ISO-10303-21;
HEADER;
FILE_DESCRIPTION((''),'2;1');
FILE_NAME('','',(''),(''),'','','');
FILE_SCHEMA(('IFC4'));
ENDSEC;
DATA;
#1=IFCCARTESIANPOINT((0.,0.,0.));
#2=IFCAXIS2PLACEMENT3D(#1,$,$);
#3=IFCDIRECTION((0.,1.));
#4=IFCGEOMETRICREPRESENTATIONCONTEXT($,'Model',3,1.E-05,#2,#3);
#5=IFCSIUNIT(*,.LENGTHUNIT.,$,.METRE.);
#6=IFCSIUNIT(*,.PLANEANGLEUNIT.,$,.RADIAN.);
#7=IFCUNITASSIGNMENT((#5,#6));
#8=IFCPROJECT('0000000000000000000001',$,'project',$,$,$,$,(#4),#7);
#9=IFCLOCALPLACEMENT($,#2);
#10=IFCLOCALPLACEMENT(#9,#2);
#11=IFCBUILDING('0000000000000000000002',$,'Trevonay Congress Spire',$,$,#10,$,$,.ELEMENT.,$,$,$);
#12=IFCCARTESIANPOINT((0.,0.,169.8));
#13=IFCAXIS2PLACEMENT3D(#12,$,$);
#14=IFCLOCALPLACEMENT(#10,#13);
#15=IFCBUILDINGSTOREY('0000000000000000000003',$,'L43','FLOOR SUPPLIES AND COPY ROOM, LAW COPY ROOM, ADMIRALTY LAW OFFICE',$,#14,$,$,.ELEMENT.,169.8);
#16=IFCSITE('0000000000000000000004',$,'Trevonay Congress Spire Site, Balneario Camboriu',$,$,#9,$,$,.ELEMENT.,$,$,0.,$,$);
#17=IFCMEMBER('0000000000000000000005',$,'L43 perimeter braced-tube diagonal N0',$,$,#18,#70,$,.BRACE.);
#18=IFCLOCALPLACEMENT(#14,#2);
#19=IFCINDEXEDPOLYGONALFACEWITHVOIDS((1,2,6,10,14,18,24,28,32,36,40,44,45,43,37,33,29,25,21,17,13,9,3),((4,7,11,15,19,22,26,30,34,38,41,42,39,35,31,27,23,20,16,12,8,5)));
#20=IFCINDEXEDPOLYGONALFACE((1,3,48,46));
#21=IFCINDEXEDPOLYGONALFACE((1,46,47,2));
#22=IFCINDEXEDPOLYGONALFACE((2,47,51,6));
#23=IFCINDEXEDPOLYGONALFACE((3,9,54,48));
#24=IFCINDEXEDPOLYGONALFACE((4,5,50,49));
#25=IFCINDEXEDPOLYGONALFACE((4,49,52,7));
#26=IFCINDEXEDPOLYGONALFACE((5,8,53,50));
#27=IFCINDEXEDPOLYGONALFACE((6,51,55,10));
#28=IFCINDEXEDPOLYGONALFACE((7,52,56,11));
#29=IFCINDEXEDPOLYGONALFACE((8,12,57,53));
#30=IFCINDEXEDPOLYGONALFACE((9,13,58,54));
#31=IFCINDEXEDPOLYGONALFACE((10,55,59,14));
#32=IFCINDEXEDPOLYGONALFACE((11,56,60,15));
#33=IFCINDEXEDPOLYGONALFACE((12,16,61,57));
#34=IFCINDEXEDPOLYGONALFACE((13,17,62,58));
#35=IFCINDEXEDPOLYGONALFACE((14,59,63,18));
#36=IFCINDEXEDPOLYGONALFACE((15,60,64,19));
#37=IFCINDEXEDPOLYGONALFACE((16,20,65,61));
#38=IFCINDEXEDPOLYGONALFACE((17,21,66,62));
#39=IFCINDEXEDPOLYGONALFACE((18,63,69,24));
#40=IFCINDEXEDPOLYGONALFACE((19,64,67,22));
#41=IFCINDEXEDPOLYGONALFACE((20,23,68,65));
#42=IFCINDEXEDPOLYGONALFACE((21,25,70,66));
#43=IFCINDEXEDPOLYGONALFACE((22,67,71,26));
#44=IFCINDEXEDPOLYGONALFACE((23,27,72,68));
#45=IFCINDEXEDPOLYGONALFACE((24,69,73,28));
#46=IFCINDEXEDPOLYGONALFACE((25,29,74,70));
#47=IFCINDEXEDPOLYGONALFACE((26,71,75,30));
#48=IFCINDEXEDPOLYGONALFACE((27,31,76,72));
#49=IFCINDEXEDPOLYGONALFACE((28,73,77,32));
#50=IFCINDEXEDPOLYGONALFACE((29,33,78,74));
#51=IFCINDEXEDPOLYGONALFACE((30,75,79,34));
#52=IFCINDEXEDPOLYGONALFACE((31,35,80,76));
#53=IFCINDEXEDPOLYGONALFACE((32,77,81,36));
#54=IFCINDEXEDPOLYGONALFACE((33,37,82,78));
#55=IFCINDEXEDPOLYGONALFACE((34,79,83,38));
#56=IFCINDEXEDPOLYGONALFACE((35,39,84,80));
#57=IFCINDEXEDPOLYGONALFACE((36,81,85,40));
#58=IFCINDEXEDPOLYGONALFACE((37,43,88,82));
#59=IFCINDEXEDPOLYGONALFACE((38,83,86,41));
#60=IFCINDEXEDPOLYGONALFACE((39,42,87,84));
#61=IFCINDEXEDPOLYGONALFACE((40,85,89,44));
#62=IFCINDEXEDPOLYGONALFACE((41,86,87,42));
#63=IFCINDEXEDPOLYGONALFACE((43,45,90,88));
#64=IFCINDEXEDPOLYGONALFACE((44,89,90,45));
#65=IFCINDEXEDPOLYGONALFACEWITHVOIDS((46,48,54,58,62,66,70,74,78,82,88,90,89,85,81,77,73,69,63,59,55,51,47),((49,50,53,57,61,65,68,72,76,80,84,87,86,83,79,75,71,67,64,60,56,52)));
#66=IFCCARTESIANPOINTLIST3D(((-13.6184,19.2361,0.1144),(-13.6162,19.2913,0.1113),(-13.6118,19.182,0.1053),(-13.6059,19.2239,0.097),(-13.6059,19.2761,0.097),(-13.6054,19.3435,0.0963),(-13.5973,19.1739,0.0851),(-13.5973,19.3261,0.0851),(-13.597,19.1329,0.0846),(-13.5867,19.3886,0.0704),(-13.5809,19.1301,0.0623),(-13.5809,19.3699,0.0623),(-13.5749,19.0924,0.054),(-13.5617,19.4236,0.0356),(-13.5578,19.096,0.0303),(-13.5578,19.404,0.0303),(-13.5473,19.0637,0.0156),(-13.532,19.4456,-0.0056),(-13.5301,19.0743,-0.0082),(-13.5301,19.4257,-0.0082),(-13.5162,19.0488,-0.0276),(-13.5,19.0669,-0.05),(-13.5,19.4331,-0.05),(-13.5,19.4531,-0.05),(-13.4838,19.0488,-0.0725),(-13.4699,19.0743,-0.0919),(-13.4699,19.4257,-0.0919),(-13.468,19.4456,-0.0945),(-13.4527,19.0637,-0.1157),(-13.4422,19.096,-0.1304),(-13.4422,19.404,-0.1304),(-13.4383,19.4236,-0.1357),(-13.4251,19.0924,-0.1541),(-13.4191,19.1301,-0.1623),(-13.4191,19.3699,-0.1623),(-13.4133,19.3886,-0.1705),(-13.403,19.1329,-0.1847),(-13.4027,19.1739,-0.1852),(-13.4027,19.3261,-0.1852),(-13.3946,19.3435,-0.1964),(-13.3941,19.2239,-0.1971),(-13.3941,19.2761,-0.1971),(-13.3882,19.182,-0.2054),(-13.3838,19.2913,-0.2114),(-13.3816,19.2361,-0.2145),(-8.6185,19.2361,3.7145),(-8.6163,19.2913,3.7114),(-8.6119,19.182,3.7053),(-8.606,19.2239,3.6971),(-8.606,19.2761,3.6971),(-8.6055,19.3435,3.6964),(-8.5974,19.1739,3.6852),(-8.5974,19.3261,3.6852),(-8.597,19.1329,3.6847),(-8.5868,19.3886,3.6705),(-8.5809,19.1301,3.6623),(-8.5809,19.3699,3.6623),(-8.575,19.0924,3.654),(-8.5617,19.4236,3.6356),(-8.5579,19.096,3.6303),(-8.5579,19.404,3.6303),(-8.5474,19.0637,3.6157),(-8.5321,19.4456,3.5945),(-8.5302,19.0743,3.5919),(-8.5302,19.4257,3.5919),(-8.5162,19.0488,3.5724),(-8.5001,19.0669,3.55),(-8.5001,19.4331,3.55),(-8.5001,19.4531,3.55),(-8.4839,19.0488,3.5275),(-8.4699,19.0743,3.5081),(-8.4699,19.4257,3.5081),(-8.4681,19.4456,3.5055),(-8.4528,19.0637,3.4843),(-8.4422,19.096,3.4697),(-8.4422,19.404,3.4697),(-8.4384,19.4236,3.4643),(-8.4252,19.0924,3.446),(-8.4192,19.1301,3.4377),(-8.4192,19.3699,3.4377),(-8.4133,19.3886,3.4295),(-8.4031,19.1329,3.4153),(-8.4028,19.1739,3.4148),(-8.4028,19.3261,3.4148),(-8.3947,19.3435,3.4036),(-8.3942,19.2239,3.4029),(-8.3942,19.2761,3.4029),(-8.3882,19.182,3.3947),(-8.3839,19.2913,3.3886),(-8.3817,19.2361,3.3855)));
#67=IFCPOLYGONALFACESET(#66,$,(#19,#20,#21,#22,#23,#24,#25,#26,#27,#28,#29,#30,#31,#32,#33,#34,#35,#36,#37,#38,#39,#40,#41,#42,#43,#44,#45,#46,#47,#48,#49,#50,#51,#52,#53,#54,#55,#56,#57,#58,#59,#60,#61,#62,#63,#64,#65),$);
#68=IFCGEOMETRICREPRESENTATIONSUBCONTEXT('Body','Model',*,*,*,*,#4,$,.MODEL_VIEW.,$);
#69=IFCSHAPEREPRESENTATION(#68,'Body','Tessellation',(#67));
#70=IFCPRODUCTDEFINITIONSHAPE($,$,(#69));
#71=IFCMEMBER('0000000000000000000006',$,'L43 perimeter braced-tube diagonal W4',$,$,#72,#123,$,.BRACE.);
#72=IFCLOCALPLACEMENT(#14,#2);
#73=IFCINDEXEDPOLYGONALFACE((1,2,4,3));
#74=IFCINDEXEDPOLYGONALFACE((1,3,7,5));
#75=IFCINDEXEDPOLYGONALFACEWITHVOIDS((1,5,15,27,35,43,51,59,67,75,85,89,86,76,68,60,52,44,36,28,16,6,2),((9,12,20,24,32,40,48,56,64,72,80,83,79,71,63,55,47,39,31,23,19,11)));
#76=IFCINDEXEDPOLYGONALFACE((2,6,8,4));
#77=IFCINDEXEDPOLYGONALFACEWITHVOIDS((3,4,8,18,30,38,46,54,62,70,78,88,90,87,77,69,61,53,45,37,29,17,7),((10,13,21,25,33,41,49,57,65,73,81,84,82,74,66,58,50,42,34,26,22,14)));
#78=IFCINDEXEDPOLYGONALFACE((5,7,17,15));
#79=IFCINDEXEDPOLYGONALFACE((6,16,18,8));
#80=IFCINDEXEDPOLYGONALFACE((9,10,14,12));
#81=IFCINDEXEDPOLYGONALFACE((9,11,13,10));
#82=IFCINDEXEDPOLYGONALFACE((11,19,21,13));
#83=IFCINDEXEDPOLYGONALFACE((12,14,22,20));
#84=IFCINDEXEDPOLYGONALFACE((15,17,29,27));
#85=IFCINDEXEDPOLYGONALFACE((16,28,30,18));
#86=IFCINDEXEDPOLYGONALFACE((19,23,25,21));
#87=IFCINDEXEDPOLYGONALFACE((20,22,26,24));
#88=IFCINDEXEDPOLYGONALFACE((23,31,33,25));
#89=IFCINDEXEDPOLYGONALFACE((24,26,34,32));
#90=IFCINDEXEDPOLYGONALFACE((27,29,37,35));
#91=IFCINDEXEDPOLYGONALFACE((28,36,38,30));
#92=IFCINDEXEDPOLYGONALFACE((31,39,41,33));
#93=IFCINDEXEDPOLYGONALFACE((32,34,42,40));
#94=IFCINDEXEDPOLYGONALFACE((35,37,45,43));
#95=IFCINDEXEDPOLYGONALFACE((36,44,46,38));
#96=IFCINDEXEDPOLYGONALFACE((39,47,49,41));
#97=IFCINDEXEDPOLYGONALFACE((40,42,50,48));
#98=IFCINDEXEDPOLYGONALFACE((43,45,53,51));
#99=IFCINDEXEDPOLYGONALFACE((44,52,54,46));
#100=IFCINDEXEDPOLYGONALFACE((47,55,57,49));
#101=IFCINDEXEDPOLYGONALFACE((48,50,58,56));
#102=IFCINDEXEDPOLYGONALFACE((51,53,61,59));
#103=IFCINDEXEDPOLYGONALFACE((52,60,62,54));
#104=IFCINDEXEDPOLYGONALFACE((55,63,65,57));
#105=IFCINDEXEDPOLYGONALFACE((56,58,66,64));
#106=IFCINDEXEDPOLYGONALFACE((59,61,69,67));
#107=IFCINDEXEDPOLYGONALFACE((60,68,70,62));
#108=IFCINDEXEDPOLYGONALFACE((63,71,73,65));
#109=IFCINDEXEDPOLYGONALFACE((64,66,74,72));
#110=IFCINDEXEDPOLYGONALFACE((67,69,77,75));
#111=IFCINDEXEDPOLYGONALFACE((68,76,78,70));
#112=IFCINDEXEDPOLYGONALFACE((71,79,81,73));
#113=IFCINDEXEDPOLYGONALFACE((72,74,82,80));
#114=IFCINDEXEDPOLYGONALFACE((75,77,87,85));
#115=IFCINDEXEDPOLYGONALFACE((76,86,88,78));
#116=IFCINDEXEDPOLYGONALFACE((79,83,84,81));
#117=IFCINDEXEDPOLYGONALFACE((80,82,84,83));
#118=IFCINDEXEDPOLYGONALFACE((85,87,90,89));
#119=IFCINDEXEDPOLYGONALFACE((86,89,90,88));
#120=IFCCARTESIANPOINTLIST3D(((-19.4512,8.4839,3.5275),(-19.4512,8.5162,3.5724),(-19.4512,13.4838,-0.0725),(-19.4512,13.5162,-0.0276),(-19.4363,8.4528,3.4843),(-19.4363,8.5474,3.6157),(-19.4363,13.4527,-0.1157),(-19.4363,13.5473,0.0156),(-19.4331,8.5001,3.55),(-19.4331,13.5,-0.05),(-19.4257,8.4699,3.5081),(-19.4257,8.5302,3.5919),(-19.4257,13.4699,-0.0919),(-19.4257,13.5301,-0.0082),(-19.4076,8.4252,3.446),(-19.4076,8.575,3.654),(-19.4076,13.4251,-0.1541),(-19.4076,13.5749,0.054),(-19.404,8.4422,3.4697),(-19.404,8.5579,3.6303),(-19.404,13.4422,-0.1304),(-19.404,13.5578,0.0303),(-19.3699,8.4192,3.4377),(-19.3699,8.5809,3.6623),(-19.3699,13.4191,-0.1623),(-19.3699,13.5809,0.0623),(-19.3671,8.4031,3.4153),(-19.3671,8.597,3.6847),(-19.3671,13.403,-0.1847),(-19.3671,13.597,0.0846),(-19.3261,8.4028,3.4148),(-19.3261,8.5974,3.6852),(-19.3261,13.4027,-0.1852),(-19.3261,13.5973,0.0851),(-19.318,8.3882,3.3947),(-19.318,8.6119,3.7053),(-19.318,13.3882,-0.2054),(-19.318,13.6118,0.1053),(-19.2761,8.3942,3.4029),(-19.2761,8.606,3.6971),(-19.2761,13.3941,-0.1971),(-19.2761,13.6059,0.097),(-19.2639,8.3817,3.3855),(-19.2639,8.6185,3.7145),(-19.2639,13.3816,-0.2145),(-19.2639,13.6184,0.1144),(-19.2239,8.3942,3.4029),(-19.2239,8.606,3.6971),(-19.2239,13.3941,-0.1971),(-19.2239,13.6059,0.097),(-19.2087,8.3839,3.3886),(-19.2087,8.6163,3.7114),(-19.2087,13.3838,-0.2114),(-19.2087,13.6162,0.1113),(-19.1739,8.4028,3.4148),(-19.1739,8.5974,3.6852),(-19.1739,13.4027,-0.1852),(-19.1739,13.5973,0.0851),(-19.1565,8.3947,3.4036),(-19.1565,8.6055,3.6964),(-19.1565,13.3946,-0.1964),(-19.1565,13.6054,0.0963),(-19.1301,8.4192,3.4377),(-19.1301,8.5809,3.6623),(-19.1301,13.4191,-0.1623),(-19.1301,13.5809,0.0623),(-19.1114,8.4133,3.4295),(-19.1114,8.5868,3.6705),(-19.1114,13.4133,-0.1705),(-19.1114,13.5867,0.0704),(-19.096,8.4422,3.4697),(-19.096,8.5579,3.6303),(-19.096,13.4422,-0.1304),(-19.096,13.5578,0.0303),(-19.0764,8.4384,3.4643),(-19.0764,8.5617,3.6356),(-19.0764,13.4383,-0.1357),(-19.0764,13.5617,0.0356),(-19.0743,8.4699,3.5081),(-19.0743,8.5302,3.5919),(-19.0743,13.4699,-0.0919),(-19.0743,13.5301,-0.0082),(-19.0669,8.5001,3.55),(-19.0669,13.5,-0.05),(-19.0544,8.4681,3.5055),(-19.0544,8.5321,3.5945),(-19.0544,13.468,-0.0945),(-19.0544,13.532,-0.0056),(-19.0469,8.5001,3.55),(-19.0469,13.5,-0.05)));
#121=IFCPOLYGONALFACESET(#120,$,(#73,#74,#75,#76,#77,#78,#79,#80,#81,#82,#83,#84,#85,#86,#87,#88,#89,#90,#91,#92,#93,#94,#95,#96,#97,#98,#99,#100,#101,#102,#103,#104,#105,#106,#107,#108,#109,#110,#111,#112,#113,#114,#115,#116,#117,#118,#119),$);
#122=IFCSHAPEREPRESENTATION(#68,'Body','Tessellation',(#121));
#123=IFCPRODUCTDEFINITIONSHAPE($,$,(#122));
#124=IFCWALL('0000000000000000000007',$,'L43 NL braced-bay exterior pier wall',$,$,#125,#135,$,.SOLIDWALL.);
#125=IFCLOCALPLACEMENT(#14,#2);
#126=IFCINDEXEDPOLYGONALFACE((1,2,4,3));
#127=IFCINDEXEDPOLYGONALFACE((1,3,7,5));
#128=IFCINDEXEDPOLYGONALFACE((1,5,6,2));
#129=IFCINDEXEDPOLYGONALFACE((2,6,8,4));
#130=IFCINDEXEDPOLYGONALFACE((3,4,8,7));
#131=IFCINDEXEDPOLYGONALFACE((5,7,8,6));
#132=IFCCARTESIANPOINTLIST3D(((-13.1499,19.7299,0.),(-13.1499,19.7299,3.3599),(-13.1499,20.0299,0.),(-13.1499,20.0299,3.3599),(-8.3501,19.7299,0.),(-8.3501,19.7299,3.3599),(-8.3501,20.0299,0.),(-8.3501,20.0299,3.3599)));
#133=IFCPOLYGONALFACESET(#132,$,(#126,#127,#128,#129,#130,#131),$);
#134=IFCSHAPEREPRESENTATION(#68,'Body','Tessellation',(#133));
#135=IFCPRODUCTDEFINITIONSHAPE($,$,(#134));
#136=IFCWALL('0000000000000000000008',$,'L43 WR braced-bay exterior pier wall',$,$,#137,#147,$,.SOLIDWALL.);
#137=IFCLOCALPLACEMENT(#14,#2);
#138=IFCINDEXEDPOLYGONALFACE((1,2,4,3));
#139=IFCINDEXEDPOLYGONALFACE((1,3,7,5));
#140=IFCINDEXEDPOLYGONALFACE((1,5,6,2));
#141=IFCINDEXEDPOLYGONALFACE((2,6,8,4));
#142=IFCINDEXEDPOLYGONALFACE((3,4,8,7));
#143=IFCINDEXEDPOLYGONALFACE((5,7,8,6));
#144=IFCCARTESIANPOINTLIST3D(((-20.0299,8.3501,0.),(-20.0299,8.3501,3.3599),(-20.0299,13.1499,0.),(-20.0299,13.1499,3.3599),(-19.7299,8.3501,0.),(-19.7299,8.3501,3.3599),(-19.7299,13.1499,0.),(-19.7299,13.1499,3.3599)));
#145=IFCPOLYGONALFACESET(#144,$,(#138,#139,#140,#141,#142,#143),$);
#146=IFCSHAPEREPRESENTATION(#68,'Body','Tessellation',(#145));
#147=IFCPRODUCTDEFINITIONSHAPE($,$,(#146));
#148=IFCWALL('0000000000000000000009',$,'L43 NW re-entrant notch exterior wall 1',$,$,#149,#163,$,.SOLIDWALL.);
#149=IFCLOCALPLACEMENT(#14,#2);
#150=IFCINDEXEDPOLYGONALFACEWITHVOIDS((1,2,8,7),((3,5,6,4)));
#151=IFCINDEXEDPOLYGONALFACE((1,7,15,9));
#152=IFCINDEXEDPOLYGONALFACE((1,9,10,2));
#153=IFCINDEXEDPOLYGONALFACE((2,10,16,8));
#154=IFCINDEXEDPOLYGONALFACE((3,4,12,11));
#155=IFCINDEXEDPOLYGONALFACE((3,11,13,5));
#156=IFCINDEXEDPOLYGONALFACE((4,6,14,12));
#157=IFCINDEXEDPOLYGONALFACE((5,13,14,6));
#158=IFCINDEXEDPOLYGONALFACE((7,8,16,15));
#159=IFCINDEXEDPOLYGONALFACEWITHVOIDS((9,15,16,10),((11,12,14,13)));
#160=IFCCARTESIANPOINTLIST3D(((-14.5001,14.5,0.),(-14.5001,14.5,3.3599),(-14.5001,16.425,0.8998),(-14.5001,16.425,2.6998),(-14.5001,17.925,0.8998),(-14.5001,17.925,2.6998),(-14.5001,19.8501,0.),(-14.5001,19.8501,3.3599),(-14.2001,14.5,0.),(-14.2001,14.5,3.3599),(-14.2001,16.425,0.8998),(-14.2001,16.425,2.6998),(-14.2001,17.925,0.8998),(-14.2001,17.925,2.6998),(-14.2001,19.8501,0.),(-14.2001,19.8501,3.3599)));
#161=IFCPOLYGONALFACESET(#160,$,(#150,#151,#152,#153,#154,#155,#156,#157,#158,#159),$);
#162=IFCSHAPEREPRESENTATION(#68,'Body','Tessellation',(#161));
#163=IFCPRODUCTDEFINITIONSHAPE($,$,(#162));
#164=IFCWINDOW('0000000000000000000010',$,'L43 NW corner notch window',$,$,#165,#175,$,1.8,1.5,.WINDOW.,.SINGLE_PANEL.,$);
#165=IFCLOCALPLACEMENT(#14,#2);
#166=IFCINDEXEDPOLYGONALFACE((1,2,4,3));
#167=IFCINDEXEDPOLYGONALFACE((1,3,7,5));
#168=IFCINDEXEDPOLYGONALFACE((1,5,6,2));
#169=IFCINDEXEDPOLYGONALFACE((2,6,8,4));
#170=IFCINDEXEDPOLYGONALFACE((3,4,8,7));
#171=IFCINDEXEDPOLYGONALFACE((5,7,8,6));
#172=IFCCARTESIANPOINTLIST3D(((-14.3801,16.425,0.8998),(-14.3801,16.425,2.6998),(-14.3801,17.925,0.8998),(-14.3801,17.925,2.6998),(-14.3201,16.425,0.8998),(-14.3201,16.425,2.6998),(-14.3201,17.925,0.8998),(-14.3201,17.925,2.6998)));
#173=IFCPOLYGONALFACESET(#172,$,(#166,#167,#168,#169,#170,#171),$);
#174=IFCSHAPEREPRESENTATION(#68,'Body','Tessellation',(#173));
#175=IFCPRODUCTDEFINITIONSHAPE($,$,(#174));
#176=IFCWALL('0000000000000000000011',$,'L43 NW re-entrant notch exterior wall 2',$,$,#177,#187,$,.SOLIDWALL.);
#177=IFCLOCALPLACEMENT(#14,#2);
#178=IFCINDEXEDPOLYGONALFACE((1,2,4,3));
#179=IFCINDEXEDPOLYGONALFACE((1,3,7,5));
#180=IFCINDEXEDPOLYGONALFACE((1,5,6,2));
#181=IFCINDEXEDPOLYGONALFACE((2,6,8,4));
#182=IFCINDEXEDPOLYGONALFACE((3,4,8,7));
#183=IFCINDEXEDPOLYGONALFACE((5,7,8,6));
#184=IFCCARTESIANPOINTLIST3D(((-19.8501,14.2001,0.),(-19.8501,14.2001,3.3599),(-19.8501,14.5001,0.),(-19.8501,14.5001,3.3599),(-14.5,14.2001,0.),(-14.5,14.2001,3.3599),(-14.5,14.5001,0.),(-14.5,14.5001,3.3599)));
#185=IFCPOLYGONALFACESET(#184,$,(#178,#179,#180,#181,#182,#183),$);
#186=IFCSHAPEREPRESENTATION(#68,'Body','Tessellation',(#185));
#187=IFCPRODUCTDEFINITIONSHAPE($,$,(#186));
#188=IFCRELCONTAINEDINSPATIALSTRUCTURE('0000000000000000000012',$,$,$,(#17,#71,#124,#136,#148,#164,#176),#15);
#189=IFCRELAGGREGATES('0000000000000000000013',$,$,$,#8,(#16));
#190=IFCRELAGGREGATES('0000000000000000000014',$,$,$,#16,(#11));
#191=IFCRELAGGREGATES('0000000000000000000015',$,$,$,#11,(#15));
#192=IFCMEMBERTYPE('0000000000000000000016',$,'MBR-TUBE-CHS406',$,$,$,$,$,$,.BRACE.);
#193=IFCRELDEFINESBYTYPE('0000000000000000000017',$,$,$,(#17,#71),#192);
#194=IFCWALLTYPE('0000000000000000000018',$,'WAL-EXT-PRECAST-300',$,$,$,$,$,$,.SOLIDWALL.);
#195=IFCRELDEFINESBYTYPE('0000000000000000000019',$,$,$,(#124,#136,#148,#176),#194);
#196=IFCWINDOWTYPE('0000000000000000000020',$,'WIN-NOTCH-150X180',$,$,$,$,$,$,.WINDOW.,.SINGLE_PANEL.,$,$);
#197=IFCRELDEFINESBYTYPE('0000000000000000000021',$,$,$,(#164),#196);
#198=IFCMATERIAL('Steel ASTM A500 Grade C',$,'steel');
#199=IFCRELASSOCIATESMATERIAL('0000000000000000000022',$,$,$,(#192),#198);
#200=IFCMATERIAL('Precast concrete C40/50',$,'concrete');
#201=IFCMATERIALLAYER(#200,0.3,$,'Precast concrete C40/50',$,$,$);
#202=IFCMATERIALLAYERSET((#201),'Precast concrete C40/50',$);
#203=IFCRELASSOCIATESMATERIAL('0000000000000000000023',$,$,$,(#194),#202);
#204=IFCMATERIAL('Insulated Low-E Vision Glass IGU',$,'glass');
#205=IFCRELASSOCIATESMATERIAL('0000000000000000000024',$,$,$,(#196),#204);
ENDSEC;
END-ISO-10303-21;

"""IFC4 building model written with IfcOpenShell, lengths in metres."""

from ifc_helpers import new_model, si_unit, direction, frame, frame_2d, origin, origin_2d, place, context, subcontext, project, spatial, rectangle, hollow_circle, extrude, material, layer, layer_set, material_profile, profile_set, type_object, element, fill, save


model = new_model("IFC4")

# Units and contexts
model_context = context("Model", 3, precision=1e-05, world=origin(), true_north=direction((0.0, 1.0)))
body_context = subcontext(model_context, "Body", "Model", "MODEL_VIEW")
ifc_project = project(units=[si_unit("LENGTHUNIT", "METRE"), si_unit("PLANEANGLEUNIT", "RADIAN")], contexts=[model_context])

# Site, building, storey
site_placement = place(None, origin())
site = spatial("IfcSite", under=ifc_project, at=site_placement, Name="Trevonay Congress Spire Site, Balneario Camboriu", CompositionType="ELEMENT", RefElevation=0.0)
building_placement = place(site_placement, origin())
building = spatial("IfcBuilding", under=site, at=building_placement, Name="Trevonay Congress Spire", CompositionType="ELEMENT")
storey_placement = place(building_placement, frame((0.0, 0.0, 169.8)))
storey = spatial("IfcBuildingStorey", under=building, at=storey_placement, Name="L43", Description="FLOOR SUPPLIES AND COPY ROOM, LAW COPY ROOM, ADMIRALTY LAW OFFICE", CompositionType="ELEMENT", Elevation=169.8)

# Members
ifc_material_1 = material(Name="Steel ASTM A500 Grade C", Category="steel")
ifc_material_profile_1 = material_profile(ifc_material_1, hollow_circle(Radius=0.2031, WallThickness=0.02, at=origin_2d()), Name="CHS 406.4x20")
ifc_profile_set_1 = profile_set([ifc_material_profile_1], Name="Steel ASTM A500 Grade C")
member_type_1 = type_object("IfcMemberType", Name="MBR-TUBE-CHS406", PredefinedType="BRACE", material=ifc_profile_set_1)
for number, where, z_axis, x_axis, name in (
    (1, (-13.5, 19.25, -0.05), (0.811527, 0.0, 0.584315), (0.0, 1.0, 0.0), "L43 perimeter braced-tube diagonal N0"),
    (2, (-19.25, 13.5, -0.05), (0.0, -0.811527, 0.584315), (1.0, 0.0, 0.0), "L43 perimeter braced-tube diagonal W4"),
):
    element("IfcMember", number, at=place(storey_placement, frame(where, z_axis=z_axis, x_axis=x_axis)), inside=storey, type_object=member_type_1, Name=name, PredefinedType="BRACE", context=body_context, shape_type="SweptSolid", body=[
        extrude(hollow_circle(Radius=0.2031, WallThickness=0.02, at=origin_2d()), origin(), (0.0, 0.0, 1.0), 6.1611),
    ])

# Walls
ifc_material_2 = material(Name="Precast concrete C40/50", Category="concrete")
ifc_layer_1 = layer(ifc_material_2, 0.3, Name="Precast concrete C40/50")
ifc_layer_set_1 = layer_set([ifc_layer_1], Name="Precast concrete C40/50")
wall_type_1 = type_object("IfcWallType", Name="WAL-EXT-PRECAST-300", PredefinedType="SOLIDWALL", material=ifc_layer_set_1)
for number, where, z_axis, x_axis, name in (
    (3, (-13.1499, 19.8799, 0.0), (0.0, 0.0, 1.0), (1.0, 0.0, 0.0), "L43 NL braced-bay exterior pier wall"),
    (4, (-19.8799, 8.3501, 0.0), (0.0, 0.0, 1.0), (0.0, 1.0, 0.0), "L43 WR braced-bay exterior pier wall"),
):
    element("IfcWall", number, at=place(storey_placement, frame(where, z_axis=z_axis, x_axis=x_axis)), inside=storey, type_object=wall_type_1, Name=name, PredefinedType="SOLIDWALL", context=body_context, shape_type="SweptSolid", body=[
        extrude(rectangle(XDim=4.7998, YDim=0.3, at=frame_2d((2.3999, 0.0))), origin(), (0.0, 0.0, 1.0), 3.3599),
    ])

# Wall, opening, window
wall_1_placement = place(storey_placement, frame((-14.3501, 19.8501, 0.0), z_axis=(0.0, 0.0, 1.0), x_axis=(0.0, -1.0, 0.0)))
wall_1 = element("IfcWall", 5, at=wall_1_placement, inside=storey, type_object=wall_type_1, Name="L43 NW re-entrant notch exterior wall 1", PredefinedType="SOLIDWALL", context=body_context, shape_type="SweptSolid", body=[
    extrude(rectangle(XDim=5.3501, YDim=0.3, at=frame_2d((2.675, 0.0))), origin(), (0.0, 0.0, 1.0), 3.3599),
])
opening_placement = place(wall_1_placement, frame((1.925, 0.0, 0.8999)))
opening = element("IfcOpeningElement", 6, at=opening_placement, cuts=wall_1, PredefinedType="OPENING", context=body_context, shape_type="SweptSolid", body=[
    extrude(rectangle(XDim=1.5, YDim=1.8, at=frame_2d((0.75, 0.8999))), frame((0.0, 0.1602, 0.0), z_axis=(0.0, -1.0, 0.0), x_axis=(1.0, 0.0, 0.0)), (0.0, 0.0, 1.0), 0.3201),
])
ifc_material_3 = material(Name="Insulated Low-E Vision Glass IGU", Category="glass")
window_type = type_object("IfcWindowType", Name="WIN-NOTCH-150X180", PartitioningType="SINGLE_PANEL", PredefinedType="WINDOW", material=ifc_material_3)
window_placement = place(opening_placement, origin())
window = element("IfcWindow", 7, at=window_placement, inside=storey, type_object=window_type, Name="L43 NW corner notch window", OverallHeight=1.8, OverallWidth=1.5, PartitioningType="SINGLE_PANEL", PredefinedType="WINDOW", context=body_context, shape_type="SweptSolid", body=[
    extrude(rectangle(XDim=1.5, YDim=1.8, at=frame_2d((0.75, 0.8999))), frame((0.0, 0.03, 0.0), z_axis=(0.0, -1.0, 0.0), x_axis=(1.0, 0.0, 0.0)), (0.0, 0.0, 1.0), 0.0601),
])
fill(opening, window)

# Wall
wall_2_placement = place(storey_placement, frame((-19.8501, 14.3501, 0.0), z_axis=(0.0, 0.0, 1.0), x_axis=(1.0, 0.0, 0.0)))
element("IfcWall", 8, at=wall_2_placement, inside=storey, type_object=wall_type_1, Name="L43 NW re-entrant notch exterior wall 2", PredefinedType="SOLIDWALL", context=body_context, shape_type="SweptSolid", body=[
    extrude(rectangle(XDim=5.3501, YDim=0.3, at=frame_2d((2.675, 0.0))), origin(), (0.0, 0.0, 1.0), 3.3599),
])

save(model, "model.ifc")
